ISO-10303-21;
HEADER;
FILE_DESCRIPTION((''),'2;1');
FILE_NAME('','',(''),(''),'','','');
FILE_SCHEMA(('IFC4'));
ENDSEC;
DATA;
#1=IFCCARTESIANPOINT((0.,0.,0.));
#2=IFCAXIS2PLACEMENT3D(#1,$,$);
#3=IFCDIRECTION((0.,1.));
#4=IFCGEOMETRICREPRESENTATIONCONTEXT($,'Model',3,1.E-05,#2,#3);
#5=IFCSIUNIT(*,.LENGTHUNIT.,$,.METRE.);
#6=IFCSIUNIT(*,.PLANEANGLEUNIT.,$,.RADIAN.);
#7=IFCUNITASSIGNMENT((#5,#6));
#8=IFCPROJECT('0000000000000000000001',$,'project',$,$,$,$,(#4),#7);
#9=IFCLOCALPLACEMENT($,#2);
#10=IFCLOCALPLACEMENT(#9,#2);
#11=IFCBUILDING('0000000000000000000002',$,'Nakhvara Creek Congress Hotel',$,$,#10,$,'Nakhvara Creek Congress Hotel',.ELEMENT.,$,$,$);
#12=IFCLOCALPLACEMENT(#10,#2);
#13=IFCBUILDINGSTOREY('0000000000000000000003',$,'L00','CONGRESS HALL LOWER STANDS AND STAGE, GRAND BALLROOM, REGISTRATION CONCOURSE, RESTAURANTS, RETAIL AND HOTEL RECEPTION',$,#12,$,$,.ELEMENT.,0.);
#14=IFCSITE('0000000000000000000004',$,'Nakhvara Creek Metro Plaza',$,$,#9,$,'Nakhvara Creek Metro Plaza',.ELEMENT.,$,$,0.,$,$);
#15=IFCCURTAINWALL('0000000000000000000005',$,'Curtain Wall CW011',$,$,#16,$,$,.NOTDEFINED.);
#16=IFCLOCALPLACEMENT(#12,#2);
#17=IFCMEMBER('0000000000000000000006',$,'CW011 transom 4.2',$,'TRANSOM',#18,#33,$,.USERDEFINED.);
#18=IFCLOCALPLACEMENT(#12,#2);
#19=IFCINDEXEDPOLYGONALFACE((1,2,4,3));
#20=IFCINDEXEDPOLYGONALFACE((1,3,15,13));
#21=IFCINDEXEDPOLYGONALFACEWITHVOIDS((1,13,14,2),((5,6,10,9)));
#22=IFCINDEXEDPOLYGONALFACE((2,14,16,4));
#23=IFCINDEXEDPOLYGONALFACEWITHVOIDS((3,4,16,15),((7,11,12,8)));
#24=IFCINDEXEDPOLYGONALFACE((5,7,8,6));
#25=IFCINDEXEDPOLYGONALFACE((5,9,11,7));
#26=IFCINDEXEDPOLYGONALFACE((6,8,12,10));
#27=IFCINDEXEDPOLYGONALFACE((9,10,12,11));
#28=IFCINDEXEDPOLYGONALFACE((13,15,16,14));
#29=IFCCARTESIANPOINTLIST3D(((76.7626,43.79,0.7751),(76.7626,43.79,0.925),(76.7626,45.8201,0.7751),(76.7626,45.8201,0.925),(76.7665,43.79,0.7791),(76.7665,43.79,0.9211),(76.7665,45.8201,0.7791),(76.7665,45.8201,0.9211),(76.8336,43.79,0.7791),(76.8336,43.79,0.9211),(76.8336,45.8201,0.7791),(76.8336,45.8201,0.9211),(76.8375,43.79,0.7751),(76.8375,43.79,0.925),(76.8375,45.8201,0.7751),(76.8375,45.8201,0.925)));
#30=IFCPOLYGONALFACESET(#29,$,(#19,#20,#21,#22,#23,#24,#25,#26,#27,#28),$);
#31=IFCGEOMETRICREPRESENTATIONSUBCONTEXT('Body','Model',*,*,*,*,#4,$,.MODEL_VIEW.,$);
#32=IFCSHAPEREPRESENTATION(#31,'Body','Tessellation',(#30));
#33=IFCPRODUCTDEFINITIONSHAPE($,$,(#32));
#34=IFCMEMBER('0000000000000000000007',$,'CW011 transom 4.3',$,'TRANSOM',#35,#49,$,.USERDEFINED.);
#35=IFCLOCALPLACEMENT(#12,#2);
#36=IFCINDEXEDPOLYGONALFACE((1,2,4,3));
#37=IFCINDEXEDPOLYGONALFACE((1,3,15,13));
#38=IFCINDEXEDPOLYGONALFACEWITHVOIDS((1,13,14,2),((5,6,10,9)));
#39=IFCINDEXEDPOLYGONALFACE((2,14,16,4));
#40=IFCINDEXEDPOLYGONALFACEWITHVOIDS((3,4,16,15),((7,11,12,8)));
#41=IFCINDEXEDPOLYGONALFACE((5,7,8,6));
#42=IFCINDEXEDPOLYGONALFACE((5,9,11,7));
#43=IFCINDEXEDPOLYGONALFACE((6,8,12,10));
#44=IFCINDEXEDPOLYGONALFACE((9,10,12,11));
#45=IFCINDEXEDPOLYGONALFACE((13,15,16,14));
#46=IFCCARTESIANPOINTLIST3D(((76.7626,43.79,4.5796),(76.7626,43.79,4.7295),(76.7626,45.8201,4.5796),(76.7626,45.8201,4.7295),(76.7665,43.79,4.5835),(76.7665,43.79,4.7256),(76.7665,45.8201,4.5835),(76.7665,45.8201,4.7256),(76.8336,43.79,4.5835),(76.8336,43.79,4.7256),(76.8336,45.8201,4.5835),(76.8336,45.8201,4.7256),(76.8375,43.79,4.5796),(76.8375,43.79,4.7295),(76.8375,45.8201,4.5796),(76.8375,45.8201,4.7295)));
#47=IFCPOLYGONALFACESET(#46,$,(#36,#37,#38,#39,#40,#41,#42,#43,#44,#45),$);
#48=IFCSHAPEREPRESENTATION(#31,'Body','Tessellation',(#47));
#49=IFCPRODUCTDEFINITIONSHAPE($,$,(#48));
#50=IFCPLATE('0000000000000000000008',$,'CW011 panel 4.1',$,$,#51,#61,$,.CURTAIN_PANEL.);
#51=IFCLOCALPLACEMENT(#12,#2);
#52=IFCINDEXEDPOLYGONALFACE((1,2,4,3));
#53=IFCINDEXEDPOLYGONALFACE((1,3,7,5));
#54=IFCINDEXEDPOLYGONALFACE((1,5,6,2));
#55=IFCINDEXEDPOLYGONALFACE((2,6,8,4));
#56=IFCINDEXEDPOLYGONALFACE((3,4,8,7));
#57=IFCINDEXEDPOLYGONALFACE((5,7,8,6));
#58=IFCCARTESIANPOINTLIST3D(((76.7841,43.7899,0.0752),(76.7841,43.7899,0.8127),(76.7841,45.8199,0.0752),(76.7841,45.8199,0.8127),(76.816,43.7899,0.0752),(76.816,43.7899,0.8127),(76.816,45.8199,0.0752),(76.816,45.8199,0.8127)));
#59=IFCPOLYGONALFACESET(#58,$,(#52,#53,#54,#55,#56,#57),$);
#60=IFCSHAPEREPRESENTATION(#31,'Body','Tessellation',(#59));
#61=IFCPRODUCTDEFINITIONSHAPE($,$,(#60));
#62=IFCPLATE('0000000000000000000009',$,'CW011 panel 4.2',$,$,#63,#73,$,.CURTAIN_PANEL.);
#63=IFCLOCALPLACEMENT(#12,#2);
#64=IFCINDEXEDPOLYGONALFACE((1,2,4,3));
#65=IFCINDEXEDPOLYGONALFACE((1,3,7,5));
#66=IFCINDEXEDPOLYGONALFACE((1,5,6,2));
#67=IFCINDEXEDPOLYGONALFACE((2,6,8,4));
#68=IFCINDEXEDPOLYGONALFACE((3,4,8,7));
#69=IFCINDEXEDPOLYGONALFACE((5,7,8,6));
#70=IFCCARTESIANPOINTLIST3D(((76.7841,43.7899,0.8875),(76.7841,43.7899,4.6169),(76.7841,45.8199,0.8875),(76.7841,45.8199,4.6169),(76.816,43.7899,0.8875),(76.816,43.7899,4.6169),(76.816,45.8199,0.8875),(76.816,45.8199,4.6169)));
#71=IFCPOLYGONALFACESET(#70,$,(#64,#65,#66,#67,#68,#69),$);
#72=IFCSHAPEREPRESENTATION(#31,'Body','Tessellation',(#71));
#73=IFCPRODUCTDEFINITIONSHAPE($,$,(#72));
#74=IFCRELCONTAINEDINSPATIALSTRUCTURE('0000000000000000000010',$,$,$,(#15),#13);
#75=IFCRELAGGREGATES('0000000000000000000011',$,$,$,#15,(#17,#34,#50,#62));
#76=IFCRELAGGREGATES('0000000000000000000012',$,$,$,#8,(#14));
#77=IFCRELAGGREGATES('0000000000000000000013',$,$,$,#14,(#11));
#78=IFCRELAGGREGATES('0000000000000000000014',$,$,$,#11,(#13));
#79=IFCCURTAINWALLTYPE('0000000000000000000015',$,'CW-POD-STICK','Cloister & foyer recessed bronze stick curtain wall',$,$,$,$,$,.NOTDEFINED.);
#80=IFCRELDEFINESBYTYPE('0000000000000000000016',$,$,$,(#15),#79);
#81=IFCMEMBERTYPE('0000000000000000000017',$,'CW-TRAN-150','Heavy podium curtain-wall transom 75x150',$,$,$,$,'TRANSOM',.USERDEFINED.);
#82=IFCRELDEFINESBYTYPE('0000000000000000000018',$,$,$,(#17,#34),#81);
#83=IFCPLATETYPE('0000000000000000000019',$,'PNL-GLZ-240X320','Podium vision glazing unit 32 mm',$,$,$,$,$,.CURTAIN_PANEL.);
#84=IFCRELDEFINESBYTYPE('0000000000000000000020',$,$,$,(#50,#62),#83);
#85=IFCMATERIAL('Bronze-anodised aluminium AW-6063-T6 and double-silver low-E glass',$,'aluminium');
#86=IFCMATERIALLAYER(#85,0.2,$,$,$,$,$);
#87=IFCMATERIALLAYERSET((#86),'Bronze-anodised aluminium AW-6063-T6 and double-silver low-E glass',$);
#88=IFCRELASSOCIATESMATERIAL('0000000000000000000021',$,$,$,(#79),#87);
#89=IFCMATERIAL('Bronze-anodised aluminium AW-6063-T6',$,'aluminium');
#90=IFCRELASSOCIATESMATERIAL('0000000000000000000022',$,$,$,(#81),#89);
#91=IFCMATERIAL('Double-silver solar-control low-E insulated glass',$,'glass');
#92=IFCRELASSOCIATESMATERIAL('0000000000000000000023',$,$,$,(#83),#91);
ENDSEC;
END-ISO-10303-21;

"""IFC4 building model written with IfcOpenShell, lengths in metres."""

from ifc_helpers import new_model, si_unit, direction, frame, origin, origin_2d, place, context, subcontext, project, spatial, rectangle, hollow_rectangle, extrude, material, layer, layer_set, material_profile, profile_set, type_object, element, aggregate, save


model = new_model("IFC4")

# Units and contexts
model_context = context("Model", 3, precision=1e-05, world=origin(), true_north=direction((0.0, 1.0)))
body_context = subcontext(model_context, "Body", "Model", "MODEL_VIEW")
ifc_project = project(units=[si_unit("LENGTHUNIT", "METRE"), si_unit("PLANEANGLEUNIT", "RADIAN")], contexts=[model_context])

# Site, building, storey
site_placement = place(None, origin())
site = spatial("IfcSite", under=ifc_project, at=site_placement, Name="Nakhvara Creek Metro Plaza", LongName="Nakhvara Creek Metro Plaza", CompositionType="ELEMENT", RefElevation=0.0)
building_placement = place(site_placement, origin())
building = spatial("IfcBuilding", under=site, at=building_placement, Name="Nakhvara Creek Congress Hotel", LongName="Nakhvara Creek Congress Hotel", CompositionType="ELEMENT")
storey_placement = place(building_placement, origin())
storey = spatial("IfcBuildingStorey", under=building, at=storey_placement, Name="L00", Description="CONGRESS HALL LOWER STANDS AND STAGE, GRAND BALLROOM, REGISTRATION CONCOURSE, RESTAURANTS, RETAIL AND HOTEL RECEPTION", CompositionType="ELEMENT", Elevation=0.0)

# Curtain wall, members, plates
ifc_material_1 = material(Name="Bronze-anodised aluminium AW-6063-T6 and double-silver low-E glass", Category="aluminium")
ifc_layer = layer(ifc_material_1, 0.2)
ifc_layer_set = layer_set([ifc_layer], Name="Bronze-anodised aluminium AW-6063-T6 and double-silver low-E glass")
curtain_wall_type = type_object("IfcCurtainWallType", Name="CW-POD-STICK", Description="Cloister & foyer recessed bronze stick curtain wall", PredefinedType="NOTDEFINED", material=ifc_layer_set)
curtain_wall_placement = place(storey_placement, origin())
curtain_wall = element("IfcCurtainWall", 1, at=curtain_wall_placement, inside=storey, type_object=curtain_wall_type, Name="Curtain Wall CW011", PredefinedType="NOTDEFINED")
ifc_material_2 = material(Name="Bronze-anodised aluminium AW-6063-T6", Category="aluminium")
ifc_material_profile_1 = material_profile(ifc_material_2, hollow_rectangle(XDim=0.075, YDim=0.1499, WallThickness=0.0039, at=origin_2d()), Name="ALU-TRAN 75x150x4", Category="LoadBearing")
ifc_profile_set_1 = profile_set([ifc_material_profile_1], Name="Bronze-anodised aluminium AW-6063-T6")
member_type_1 = type_object("IfcMemberType", Name="CW-TRAN-150", Description="Heavy podium curtain-wall transom 75x150", ElementType="TRANSOM", PredefinedType="USERDEFINED", material=ifc_profile_set_1)
member_1_placement = place(storey_placement, frame((76.8, 45.8201, 0.8501), z_axis=(0.0, -1.0, 0.0), x_axis=(1.0, 0.0, 0.0)))
member_1 = element("IfcMember", 2, at=member_1_placement, type_object=member_type_1, Name="CW011 transom 4.2", ObjectType="TRANSOM", PredefinedType="USERDEFINED", context=body_context, shape_type="SweptSolid", body=[
    extrude(hollow_rectangle(XDim=0.075, YDim=0.1499, WallThickness=0.0039, at=origin_2d()), origin(), (0.0, 0.0, 1.0), 2.03),
])
member_2_placement = place(storey_placement, frame((76.8, 45.8201, 4.6545), z_axis=(0.0, -1.0, 0.0), x_axis=(1.0, 0.0, 0.0)))
member_2 = element("IfcMember", 3, at=member_2_placement, type_object=member_type_1, Name="CW011 transom 4.3", ObjectType="TRANSOM", PredefinedType="USERDEFINED", context=body_context, shape_type="SweptSolid", body=[
    extrude(hollow_rectangle(XDim=0.075, YDim=0.1499, WallThickness=0.0039, at=origin_2d()), origin(), (0.0, 0.0, 1.0), 2.03),
])
ifc_material_3 = material(Name="Double-silver solar-control low-E insulated glass", Category="glass")
plate_type = type_object("IfcPlateType", Name="PNL-GLZ-240X320", Description="Podium vision glazing unit 32 mm", PredefinedType="CURTAIN_PANEL", material=ifc_material_3)
plate_1_placement = place(storey_placement, frame((76.8, 44.8049, 0.0752), z_axis=(0.0, 0.0, 1.0), x_axis=(0.0, -1.0, 0.0)))
plate_1 = element("IfcPlate", 4, at=plate_1_placement, type_object=plate_type, Name="CW011 panel 4.1", PredefinedType="CURTAIN_PANEL", context=body_context, shape_type="SweptSolid", body=[
    extrude(rectangle(XDim=2.03, YDim=0.032, at=origin_2d()), origin(), (0.0, 0.0, 1.0), 0.7375),
])
plate_2_placement = place(storey_placement, frame((76.8, 44.8049, 0.8875), z_axis=(0.0, 0.0, 1.0), x_axis=(0.0, -1.0, 0.0)))
plate_2 = element("IfcPlate", 5, at=plate_2_placement, type_object=plate_type, Name="CW011 panel 4.2", PredefinedType="CURTAIN_PANEL", context=body_context, shape_type="SweptSolid", body=[
    extrude(rectangle(XDim=2.03, YDim=0.032, at=origin_2d()), origin(), (0.0, 0.0, 1.0), 3.7295),
])
aggregate(curtain_wall, [member_1, member_2, plate_1, plate_2])

save(model, "model.ifc")
